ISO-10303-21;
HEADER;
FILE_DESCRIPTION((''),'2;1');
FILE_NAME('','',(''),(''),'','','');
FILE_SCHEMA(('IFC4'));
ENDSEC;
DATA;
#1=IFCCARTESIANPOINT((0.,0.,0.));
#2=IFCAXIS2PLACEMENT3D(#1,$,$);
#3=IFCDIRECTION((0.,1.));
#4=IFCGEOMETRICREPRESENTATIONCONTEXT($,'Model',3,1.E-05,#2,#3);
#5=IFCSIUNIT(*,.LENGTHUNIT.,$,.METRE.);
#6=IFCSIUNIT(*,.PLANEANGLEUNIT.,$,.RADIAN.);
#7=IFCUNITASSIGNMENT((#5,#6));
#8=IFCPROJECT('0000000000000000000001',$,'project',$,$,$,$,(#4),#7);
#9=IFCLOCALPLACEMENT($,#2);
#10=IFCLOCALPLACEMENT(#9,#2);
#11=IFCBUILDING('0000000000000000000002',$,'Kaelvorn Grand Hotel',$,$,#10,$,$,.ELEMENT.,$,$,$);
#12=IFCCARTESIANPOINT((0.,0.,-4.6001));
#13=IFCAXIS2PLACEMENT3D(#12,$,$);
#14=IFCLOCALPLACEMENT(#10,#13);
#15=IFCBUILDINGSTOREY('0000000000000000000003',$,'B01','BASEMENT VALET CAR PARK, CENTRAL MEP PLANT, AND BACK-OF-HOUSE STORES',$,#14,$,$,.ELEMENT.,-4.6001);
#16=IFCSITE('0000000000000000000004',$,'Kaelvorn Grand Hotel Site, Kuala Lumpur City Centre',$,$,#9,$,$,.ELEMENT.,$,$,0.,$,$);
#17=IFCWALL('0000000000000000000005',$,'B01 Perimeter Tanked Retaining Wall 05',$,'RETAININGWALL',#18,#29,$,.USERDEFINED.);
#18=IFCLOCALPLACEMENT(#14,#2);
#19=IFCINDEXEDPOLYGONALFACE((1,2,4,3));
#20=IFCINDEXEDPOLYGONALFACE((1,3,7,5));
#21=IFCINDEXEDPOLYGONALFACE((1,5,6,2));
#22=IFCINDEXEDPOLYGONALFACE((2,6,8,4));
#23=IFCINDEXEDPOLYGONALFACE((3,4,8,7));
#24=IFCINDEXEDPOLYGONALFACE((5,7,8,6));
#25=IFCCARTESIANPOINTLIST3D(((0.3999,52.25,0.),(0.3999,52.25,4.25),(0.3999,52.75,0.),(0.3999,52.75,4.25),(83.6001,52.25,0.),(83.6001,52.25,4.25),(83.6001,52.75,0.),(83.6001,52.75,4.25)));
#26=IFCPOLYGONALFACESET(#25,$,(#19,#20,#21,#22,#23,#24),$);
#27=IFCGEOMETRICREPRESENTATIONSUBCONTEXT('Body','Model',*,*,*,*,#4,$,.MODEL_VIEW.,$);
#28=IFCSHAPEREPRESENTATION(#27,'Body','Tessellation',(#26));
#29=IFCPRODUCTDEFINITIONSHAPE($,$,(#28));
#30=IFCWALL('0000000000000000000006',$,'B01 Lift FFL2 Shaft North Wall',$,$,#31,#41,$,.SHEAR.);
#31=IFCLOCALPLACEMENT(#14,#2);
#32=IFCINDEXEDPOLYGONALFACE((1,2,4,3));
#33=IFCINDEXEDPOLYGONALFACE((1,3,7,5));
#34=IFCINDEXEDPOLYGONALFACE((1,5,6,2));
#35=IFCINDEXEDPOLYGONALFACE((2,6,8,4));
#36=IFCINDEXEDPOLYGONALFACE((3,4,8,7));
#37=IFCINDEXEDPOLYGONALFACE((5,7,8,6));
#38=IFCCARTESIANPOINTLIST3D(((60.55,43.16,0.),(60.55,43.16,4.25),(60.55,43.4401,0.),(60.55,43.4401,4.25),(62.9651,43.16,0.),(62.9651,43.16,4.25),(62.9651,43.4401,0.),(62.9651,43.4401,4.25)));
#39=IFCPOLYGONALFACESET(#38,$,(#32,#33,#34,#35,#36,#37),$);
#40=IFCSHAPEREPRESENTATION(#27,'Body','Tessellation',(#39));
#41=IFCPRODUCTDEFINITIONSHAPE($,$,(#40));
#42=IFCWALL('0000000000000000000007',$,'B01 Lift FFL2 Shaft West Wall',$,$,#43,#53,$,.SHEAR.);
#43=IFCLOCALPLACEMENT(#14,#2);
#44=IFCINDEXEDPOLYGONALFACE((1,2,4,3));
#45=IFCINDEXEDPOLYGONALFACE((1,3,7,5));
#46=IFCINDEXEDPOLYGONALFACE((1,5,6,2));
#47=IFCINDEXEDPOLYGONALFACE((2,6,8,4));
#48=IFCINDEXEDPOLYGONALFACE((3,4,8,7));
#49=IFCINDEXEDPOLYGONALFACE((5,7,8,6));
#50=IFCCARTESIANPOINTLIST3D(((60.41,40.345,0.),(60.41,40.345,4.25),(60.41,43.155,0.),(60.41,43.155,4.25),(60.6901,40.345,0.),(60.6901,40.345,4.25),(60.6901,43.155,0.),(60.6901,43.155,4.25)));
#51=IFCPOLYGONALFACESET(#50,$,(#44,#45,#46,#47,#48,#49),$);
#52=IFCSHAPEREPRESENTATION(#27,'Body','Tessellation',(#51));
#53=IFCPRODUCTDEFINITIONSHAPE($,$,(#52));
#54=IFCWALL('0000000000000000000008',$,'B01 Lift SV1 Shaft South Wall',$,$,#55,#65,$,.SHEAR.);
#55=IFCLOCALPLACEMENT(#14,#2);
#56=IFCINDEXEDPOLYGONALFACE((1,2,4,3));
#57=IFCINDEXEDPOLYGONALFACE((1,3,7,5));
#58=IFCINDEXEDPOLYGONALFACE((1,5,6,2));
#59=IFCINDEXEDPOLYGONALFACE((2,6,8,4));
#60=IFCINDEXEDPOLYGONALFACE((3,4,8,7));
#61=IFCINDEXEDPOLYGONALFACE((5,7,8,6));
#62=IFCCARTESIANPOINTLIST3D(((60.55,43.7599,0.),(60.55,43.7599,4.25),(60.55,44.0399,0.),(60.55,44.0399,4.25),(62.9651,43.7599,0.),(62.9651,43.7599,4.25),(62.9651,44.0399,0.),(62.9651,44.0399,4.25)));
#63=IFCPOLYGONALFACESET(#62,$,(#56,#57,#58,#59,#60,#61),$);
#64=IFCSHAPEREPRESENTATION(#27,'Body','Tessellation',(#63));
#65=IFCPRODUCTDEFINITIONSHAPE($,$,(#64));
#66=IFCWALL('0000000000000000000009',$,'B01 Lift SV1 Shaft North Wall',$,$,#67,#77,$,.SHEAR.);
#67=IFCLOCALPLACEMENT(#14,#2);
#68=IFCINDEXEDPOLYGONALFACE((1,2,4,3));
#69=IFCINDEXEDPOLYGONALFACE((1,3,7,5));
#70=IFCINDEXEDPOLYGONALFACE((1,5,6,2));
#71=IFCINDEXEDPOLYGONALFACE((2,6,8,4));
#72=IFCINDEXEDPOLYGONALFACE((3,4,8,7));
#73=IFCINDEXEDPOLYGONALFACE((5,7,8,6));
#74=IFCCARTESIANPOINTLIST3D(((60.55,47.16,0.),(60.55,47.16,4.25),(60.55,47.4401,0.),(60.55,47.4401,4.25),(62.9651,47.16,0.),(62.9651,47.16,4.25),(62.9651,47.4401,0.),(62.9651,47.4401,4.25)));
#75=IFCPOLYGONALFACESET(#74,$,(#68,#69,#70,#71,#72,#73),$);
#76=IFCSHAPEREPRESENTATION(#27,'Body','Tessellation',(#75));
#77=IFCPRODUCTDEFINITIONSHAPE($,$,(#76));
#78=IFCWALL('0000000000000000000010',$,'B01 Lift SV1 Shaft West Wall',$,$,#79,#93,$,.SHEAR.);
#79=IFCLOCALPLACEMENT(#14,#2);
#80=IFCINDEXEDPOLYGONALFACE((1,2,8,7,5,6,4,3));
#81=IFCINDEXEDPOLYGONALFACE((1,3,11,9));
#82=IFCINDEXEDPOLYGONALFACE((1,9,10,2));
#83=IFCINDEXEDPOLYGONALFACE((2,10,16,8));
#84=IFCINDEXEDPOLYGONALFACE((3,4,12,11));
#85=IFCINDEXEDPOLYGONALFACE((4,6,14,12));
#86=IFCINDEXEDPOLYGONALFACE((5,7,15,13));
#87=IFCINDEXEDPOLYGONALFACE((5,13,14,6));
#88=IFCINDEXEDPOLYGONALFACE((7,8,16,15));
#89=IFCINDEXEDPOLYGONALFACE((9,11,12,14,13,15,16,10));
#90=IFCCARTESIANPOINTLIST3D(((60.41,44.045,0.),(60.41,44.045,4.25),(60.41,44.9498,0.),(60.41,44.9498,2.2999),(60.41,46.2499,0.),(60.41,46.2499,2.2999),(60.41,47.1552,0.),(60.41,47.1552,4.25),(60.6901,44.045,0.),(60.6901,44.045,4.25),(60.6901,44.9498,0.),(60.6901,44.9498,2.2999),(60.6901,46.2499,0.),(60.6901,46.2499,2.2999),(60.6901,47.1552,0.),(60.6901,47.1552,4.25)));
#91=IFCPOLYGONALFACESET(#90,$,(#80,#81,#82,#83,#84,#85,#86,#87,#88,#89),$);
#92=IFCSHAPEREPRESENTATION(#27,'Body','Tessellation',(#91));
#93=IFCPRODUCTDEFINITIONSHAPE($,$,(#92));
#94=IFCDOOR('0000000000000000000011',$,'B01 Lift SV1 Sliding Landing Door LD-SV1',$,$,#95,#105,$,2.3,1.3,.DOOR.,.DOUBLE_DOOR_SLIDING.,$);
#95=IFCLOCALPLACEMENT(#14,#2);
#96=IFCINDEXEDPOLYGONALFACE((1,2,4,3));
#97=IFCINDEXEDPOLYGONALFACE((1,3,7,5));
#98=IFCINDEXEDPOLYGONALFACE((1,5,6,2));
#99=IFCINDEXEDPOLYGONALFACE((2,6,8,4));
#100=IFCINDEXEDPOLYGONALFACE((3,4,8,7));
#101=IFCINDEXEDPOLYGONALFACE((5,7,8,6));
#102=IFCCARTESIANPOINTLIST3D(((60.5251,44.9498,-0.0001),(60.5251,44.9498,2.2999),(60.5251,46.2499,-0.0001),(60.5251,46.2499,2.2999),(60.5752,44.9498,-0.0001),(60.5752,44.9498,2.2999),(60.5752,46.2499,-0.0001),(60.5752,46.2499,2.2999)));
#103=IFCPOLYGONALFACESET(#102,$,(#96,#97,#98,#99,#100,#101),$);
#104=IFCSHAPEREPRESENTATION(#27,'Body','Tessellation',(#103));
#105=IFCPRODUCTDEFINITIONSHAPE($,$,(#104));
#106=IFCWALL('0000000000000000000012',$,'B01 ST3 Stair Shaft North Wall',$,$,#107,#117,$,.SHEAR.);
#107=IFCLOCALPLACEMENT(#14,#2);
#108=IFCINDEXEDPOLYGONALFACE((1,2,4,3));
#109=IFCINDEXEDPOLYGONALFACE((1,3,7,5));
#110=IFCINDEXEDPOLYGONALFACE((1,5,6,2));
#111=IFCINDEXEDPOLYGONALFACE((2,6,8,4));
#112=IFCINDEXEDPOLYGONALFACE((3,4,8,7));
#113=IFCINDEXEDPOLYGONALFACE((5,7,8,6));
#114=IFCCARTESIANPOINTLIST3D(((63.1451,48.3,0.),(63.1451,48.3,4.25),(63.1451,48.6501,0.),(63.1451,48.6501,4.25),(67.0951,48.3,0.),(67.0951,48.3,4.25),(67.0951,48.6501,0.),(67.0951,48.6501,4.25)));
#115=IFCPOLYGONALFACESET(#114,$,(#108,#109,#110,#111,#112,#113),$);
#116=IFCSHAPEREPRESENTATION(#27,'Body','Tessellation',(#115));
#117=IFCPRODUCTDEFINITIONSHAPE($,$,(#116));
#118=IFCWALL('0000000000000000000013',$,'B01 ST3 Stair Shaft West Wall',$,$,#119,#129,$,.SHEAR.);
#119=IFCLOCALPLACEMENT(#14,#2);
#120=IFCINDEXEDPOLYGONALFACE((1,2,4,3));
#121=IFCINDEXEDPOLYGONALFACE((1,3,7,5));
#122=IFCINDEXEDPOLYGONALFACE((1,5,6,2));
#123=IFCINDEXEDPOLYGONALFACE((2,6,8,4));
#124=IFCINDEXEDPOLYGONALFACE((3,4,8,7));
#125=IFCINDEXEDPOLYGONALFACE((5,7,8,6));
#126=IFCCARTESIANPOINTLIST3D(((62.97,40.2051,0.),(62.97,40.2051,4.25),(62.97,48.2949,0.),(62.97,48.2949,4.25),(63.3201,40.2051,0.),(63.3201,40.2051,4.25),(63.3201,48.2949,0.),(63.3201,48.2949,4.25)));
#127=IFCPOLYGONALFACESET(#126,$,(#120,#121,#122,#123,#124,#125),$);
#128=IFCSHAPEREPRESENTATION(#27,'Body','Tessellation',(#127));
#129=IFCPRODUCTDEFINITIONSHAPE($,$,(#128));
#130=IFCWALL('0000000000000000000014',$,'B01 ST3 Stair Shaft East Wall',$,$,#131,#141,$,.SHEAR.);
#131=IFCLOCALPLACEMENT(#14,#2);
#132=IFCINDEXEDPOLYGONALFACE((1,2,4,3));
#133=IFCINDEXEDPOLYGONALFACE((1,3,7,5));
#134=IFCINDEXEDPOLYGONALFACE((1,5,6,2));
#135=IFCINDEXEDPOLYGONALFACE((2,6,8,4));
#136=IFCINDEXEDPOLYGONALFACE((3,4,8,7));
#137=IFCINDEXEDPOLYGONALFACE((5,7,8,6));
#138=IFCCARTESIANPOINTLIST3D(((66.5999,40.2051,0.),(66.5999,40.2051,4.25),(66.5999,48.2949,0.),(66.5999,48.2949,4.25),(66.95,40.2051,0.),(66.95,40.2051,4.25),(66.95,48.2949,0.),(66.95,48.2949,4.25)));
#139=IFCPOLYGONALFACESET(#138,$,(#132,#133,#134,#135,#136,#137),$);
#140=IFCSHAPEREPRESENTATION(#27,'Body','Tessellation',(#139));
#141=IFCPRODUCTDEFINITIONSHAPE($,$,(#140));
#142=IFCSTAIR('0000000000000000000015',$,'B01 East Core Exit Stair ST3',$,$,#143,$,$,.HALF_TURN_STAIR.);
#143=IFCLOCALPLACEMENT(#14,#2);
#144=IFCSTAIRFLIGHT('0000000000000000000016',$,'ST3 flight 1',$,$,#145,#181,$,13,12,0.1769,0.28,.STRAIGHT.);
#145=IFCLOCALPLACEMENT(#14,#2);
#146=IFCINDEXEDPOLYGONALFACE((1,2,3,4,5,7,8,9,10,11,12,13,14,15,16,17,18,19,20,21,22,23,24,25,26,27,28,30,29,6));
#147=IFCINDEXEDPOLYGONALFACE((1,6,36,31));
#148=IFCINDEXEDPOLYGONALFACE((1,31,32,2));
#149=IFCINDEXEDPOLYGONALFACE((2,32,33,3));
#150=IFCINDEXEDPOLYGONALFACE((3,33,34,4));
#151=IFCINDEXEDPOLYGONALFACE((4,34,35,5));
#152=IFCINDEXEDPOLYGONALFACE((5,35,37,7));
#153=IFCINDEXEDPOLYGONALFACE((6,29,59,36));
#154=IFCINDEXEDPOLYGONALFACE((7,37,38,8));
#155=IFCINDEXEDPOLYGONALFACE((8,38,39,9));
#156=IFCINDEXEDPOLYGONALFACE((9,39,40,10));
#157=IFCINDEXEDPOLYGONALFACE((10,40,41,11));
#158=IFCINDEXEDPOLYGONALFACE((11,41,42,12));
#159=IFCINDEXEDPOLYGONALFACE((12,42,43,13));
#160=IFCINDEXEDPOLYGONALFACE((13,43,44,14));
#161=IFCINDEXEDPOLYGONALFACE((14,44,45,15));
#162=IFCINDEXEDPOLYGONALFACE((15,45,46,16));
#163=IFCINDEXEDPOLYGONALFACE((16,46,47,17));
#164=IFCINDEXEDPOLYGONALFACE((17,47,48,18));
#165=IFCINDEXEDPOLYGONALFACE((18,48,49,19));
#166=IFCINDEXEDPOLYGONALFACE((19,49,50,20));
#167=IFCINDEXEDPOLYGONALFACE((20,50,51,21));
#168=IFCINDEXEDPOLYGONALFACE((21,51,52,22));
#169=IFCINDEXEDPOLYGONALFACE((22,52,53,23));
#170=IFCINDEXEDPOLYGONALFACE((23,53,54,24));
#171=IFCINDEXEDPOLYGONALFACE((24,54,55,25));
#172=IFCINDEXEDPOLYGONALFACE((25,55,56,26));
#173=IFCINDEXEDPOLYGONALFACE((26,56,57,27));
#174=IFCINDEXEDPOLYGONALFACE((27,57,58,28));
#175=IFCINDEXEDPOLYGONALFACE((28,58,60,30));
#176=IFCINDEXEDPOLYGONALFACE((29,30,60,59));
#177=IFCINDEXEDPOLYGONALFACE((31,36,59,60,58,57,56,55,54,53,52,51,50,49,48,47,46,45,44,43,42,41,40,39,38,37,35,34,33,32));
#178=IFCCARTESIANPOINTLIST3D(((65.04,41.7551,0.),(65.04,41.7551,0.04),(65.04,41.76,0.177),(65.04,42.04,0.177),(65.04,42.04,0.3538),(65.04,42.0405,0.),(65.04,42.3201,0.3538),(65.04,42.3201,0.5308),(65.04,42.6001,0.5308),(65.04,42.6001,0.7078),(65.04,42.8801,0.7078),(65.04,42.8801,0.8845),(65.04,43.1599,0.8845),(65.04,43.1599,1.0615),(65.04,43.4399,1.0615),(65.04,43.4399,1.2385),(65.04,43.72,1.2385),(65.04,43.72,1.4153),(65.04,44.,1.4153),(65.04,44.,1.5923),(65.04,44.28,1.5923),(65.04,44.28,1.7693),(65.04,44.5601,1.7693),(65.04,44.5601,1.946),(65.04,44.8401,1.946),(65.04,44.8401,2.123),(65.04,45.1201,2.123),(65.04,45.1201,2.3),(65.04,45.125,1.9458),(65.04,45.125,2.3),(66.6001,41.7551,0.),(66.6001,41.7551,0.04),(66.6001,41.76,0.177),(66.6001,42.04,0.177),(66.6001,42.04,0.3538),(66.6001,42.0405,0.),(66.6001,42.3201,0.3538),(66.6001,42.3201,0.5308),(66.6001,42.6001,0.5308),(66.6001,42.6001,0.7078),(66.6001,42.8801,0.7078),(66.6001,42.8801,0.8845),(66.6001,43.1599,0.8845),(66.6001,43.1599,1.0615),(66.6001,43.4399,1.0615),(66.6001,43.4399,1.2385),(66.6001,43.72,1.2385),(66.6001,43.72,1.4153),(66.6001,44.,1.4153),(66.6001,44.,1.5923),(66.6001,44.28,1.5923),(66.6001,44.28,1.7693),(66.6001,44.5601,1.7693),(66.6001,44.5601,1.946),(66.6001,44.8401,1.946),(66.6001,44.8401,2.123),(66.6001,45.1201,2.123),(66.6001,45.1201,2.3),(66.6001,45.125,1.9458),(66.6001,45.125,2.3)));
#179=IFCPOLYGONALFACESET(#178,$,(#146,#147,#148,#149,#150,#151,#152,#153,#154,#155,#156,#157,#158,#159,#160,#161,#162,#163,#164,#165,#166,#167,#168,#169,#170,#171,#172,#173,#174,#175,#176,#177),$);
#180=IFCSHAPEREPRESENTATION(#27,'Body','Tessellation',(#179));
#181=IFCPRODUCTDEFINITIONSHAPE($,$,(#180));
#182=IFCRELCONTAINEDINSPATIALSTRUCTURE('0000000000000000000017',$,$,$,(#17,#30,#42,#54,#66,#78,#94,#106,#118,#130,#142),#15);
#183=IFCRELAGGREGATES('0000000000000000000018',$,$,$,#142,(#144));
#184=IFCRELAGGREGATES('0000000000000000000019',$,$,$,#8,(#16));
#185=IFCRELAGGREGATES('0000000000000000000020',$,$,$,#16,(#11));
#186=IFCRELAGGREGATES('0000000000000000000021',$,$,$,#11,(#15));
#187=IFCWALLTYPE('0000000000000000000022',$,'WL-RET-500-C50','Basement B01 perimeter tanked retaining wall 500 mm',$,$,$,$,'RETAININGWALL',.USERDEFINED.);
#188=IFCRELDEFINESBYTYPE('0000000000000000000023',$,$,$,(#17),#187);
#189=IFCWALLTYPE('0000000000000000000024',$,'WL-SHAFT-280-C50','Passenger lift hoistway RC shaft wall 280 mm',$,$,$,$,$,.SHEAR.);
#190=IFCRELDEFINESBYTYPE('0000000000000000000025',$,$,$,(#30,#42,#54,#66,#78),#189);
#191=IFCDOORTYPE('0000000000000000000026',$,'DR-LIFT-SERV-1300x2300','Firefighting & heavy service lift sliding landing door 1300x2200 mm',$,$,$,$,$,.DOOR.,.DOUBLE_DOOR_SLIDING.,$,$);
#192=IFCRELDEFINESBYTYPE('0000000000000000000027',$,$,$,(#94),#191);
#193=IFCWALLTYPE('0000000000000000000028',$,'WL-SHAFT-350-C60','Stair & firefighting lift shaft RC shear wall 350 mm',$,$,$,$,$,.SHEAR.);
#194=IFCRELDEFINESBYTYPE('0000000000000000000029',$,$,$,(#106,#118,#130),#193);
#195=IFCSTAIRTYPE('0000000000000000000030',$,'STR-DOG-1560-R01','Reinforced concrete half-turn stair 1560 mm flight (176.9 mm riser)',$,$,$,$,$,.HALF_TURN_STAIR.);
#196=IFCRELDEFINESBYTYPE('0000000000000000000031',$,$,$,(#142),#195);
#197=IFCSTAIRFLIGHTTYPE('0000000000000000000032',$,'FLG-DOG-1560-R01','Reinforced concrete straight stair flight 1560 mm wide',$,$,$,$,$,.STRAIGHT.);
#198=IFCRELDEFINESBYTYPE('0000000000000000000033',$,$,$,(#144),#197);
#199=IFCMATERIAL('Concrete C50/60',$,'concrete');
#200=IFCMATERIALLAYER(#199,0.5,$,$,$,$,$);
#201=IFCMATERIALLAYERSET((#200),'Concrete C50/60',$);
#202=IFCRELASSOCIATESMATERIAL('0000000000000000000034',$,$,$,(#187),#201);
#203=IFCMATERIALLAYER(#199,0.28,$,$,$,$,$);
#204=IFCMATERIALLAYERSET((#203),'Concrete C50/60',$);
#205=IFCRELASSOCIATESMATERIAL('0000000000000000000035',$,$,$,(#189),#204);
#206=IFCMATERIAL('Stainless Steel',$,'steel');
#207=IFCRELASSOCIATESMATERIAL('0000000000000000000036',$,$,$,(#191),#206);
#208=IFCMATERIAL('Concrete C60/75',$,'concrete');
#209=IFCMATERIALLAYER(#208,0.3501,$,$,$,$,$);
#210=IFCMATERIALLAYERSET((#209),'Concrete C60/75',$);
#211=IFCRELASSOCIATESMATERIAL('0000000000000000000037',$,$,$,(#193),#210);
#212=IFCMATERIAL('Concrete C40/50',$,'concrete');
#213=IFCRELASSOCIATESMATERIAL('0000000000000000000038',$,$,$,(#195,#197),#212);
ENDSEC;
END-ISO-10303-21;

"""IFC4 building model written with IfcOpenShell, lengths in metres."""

from ifc_helpers import new_model, si_unit, direction, frame, frame_2d, origin, place, context, subcontext, project, spatial, polyline, rectangle, outline, extrude, material, layer, layer_set, type_object, element, fill, aggregate, save


model = new_model("IFC4")

# Units and contexts
model_context = context("Model", 3, precision=1e-05, world=origin(), true_north=direction((0.0, 1.0)))
body_context = subcontext(model_context, "Body", "Model", "MODEL_VIEW")
ifc_project = project(units=[si_unit("LENGTHUNIT", "METRE"), si_unit("PLANEANGLEUNIT", "RADIAN")], contexts=[model_context])

# Site, building, storey
site_placement = place(None, origin())
site = spatial("IfcSite", under=ifc_project, at=site_placement, Name="Kaelvorn Grand Hotel Site, Kuala Lumpur City Centre", CompositionType="ELEMENT", RefElevation=0.0)
building_placement = place(site_placement, origin())
building = spatial("IfcBuilding", under=site, at=building_placement, Name="Kaelvorn Grand Hotel", CompositionType="ELEMENT")
storey_placement = place(building_placement, frame((0.0, 0.0, -4.6001)))
storey = spatial("IfcBuildingStorey", under=building, at=storey_placement, Name="B01", Description="BASEMENT VALET CAR PARK, CENTRAL MEP PLANT, AND BACK-OF-HOUSE STORES", CompositionType="ELEMENT", Elevation=-4.6001)

# Shared definitions
ifc_material_1 = material(Name="Concrete C60/75", Category="concrete")

# Shared definitions
ifc_material_2 = material(Name="Concrete C40/50", Category="concrete")

# Walls
ifc_material_3 = material(Name="Concrete C50/60", Category="concrete")
ifc_layer_1 = layer(ifc_material_3, 0.5)
ifc_layer_set_1 = layer_set([ifc_layer_1], Name="Concrete C50/60")
wall_type_1 = type_object("IfcWallType", Name="WL-RET-500-C50", Description="Basement B01 perimeter tanked retaining wall 500 mm", ElementType="RETAININGWALL", PredefinedType="USERDEFINED", material=ifc_layer_set_1)
wall_1_placement = place(storey_placement, frame((83.6001, 52.5, 0.0), z_axis=(0.0, 0.0, 1.0), x_axis=(-1.0, 0.0, 0.0)))
element("IfcWall", 1, at=wall_1_placement, inside=storey, type_object=wall_type_1, Name="B01 Perimeter Tanked Retaining Wall 05", ObjectType="RETAININGWALL", PredefinedType="USERDEFINED", context=body_context, shape_type="SweptSolid", body=[
    extrude(rectangle(XDim=83.2002, YDim=0.5, at=frame_2d((41.6001, 0.0))), origin(), (0.0, 0.0, 1.0), 4.25),
])
ifc_layer_2 = layer(ifc_material_3, 0.28)
ifc_layer_set_2 = layer_set([ifc_layer_2], Name="Concrete C50/60")
wall_type_2 = type_object("IfcWallType", Name="WL-SHAFT-280-C50", Description="Passenger lift hoistway RC shaft wall 280 mm", PredefinedType="SHEAR", material=ifc_layer_set_2)
wall_2_placement = place(storey_placement, frame((60.55, 43.3, 0.0), z_axis=(0.0, 0.0, 1.0), x_axis=(1.0, 0.0, 0.0)))
element("IfcWall", 2, at=wall_2_placement, inside=storey, type_object=wall_type_2, Name="B01 Lift FFL2 Shaft North Wall", PredefinedType="SHEAR", context=body_context, shape_type="SweptSolid", body=[
    extrude(rectangle(XDim=2.415, YDim=0.28, at=frame_2d((1.2075, 0.0))), origin(), (0.0, 0.0, 1.0), 4.25),
])
wall_3_placement = place(storey_placement, frame((60.55, 40.345, 0.0), z_axis=(0.0, 0.0, 1.0), x_axis=(0.0, 1.0, 0.0)))
element("IfcWall", 3, at=wall_3_placement, inside=storey, type_object=wall_type_2, Name="B01 Lift FFL2 Shaft West Wall", PredefinedType="SHEAR", context=body_context, shape_type="SweptSolid", body=[
    extrude(rectangle(XDim=2.8101, YDim=0.28, at=frame_2d((1.405, 0.0))), origin(), (0.0, 0.0, 1.0), 4.25),
])
for number, where, z_axis, x_axis, name in (
    (4, (60.55, 43.8999, 0.0), (0.0, 0.0, 1.0), (1.0, 0.0, 0.0), "B01 Lift SV1 Shaft South Wall"),
    (5, (60.55, 47.3, 0.0), (0.0, 0.0, 1.0), (1.0, 0.0, 0.0), "B01 Lift SV1 Shaft North Wall"),
):
    element("IfcWall", number, at=place(storey_placement, frame(where, z_axis=z_axis, x_axis=x_axis)), inside=storey, type_object=wall_type_2, Name=name, PredefinedType="SHEAR", context=body_context, shape_type="SweptSolid", body=[
        extrude(rectangle(XDim=2.415, YDim=0.28, at=frame_2d((1.2075, 0.0))), origin(), (0.0, 0.0, 1.0), 4.25),
    ])

# Wall, opening, door
wall_4_placement = place(storey_placement, frame((60.55, 44.0449, 0.0), z_axis=(0.0, 0.0, 1.0), x_axis=(0.0, 1.0, 0.0)))
wall_4 = element("IfcWall", 6, at=wall_4_placement, inside=storey, type_object=wall_type_2, Name="B01 Lift SV1 Shaft West Wall", PredefinedType="SHEAR", context=body_context, shape_type="SweptSolid", body=[
    extrude(rectangle(XDim=3.1101, YDim=0.28, at=frame_2d((1.5552, 0.0))), origin(), (0.0, 0.0, 1.0), 4.25),
])
opening_1_placement = place(wall_4_placement, frame((0.905, 0.0, 0.0)))
opening_1 = element("IfcOpeningElement", 7, at=opening_1_placement, cuts=wall_4, PredefinedType="OPENING", context=body_context, shape_type="SweptSolid", body=[
    extrude(rectangle(XDim=1.3, YDim=2.3, at=frame_2d((0.6499, 1.1499))), frame((0.0, 0.1499, 0.0), z_axis=(0.0, -1.0, 0.0), x_axis=(1.0, 0.0, 0.0)), (0.0, 0.0, 1.0), 0.3),
])
ifc_material_4 = material(Name="Stainless Steel", Category="steel")
door_type_1 = type_object("IfcDoorType", Name="DR-LIFT-SERV-1300x2300", Description="Firefighting & heavy service lift sliding landing door 1300x2200 mm", OperationType="DOUBLE_DOOR_SLIDING", PredefinedType="DOOR", material=ifc_material_4)
door_1_placement = place(opening_1_placement, origin())
door_1 = element("IfcDoor", 8, at=door_1_placement, inside=storey, type_object=door_type_1, Name="B01 Lift SV1 Sliding Landing Door LD-SV1", OperationType="DOUBLE_DOOR_SLIDING", OverallHeight=2.3, OverallWidth=1.3, PredefinedType="DOOR", context=body_context, shape_type="SweptSolid", body=[
    extrude(rectangle(XDim=1.3, YDim=2.3, at=frame_2d((0.6499, 1.1499))), frame((0.0, 0.0249, 0.0), z_axis=(0.0, -1.0, 0.0), x_axis=(1.0, 0.0, 0.0)), (0.0, 0.0, 1.0), 0.05),
])
fill(opening_1, door_1)
ifc_layer_3 = layer(ifc_material_1, 0.3501)
ifc_layer_set_3 = layer_set([ifc_layer_3], Name="Concrete C60/75")
wall_type_3 = type_object("IfcWallType", Name="WL-SHAFT-350-C60", Description="Stair & firefighting lift shaft RC shear wall 350 mm", PredefinedType="SHEAR", material=ifc_layer_set_3)

# Walls
wall_5_placement = place(storey_placement, frame((63.145, 48.4751, 0.0), z_axis=(0.0, 0.0, 1.0), x_axis=(1.0, 0.0, 0.0)))
element("IfcWall", 9, at=wall_5_placement, inside=storey, type_object=wall_type_3, Name="B01 ST3 Stair Shaft North Wall", PredefinedType="SHEAR", context=body_context, shape_type="SweptSolid", body=[
    extrude(rectangle(XDim=3.95, YDim=0.3501, at=frame_2d((1.9751, 0.0))), origin(), (0.0, 0.0, 1.0), 4.25),
])
for number, where, z_axis, x_axis, name in (
    (10, (63.145, 40.2051, 0.0), (0.0, 0.0, 1.0), (0.0, 1.0, 0.0), "B01 ST3 Stair Shaft West Wall"),
    (11, (66.7749, 40.2051, 0.0), (0.0, 0.0, 1.0), (0.0, 1.0, 0.0), "B01 ST3 Stair Shaft East Wall"),
):
    element("IfcWall", number, at=place(storey_placement, frame(where, z_axis=z_axis, x_axis=x_axis)), inside=storey, type_object=wall_type_3, Name=name, PredefinedType="SHEAR", context=body_context, shape_type="SweptSolid", body=[
        extrude(rectangle(XDim=8.0898, YDim=0.3501, at=frame_2d((4.0449, 0.0))), origin(), (0.0, 0.0, 1.0), 4.25),
    ])

# Stair, stair flight
stair_type = type_object("IfcStairType", Name="STR-DOG-1560-R01", Description="Reinforced concrete half-turn stair 1560 mm flight (176.9 mm riser)", PredefinedType="HALF_TURN_STAIR", material=ifc_material_2)
stair_placement = place(storey_placement, origin())
stair = element("IfcStair", 12, at=stair_placement, inside=storey, type_object=stair_type, Name="B01 East Core Exit Stair ST3", PredefinedType="HALF_TURN_STAIR")
stair_flight_type = type_object("IfcStairFlightType", Name="FLG-DOG-1560-R01", Description="Reinforced concrete straight stair flight 1560 mm wide", PredefinedType="STRAIGHT", material=ifc_material_2)
stair_flight_1_placement = place(storey_placement, frame((65.8201, 41.76, 0.0), z_axis=(0.0, 0.0, 1.0), x_axis=(0.0, 1.0, 0.0)))
stair_flight_1 = element("IfcStairFlight", 13, at=stair_flight_1_placement, type_object=stair_flight_type, Name="ST3 flight 1", NumberOfRisers=13, NumberOfTreads=12, PredefinedType="STRAIGHT", RiserHeight=0.1769, TreadLength=0.28, context=body_context, shape_type="SweptSolid", body=[
    extrude(outline(polyline([(-0.0049, 0.0), (-0.0049, 0.04), (0.0, 0.177), (0.28, 0.177), (0.28, 0.3538), (0.5601, 0.3538), (0.5601, 0.5308), (0.8401, 0.5308), (0.8401, 0.7078), (1.1201, 0.7078), (1.1201, 0.8845), (1.3999, 0.8845), (1.3999, 1.0615), (1.6799, 1.0615), (1.6799, 1.2385), (1.96, 1.2385), (1.96, 1.4153), (2.24, 1.4153), (2.24, 1.5923), (2.52, 1.5923), (2.52, 1.7693), (2.8, 1.7693), (2.8, 1.946), (3.0801, 1.946), (3.0801, 2.123), (3.3601, 2.123), (3.3601, 2.3), (3.365, 2.3), (3.365, 1.9458), (0.2805, 0.0), (-0.0049, 0.0)])), frame((0.0, 0.78, 0.0), z_axis=(0.0, -1.0, 0.0), x_axis=(1.0, 0.0, 0.0)), (0.0, 0.0, 1.0), 1.5601),
])
aggregate(stair, [stair_flight_1])

save(model, "model.ifc")
